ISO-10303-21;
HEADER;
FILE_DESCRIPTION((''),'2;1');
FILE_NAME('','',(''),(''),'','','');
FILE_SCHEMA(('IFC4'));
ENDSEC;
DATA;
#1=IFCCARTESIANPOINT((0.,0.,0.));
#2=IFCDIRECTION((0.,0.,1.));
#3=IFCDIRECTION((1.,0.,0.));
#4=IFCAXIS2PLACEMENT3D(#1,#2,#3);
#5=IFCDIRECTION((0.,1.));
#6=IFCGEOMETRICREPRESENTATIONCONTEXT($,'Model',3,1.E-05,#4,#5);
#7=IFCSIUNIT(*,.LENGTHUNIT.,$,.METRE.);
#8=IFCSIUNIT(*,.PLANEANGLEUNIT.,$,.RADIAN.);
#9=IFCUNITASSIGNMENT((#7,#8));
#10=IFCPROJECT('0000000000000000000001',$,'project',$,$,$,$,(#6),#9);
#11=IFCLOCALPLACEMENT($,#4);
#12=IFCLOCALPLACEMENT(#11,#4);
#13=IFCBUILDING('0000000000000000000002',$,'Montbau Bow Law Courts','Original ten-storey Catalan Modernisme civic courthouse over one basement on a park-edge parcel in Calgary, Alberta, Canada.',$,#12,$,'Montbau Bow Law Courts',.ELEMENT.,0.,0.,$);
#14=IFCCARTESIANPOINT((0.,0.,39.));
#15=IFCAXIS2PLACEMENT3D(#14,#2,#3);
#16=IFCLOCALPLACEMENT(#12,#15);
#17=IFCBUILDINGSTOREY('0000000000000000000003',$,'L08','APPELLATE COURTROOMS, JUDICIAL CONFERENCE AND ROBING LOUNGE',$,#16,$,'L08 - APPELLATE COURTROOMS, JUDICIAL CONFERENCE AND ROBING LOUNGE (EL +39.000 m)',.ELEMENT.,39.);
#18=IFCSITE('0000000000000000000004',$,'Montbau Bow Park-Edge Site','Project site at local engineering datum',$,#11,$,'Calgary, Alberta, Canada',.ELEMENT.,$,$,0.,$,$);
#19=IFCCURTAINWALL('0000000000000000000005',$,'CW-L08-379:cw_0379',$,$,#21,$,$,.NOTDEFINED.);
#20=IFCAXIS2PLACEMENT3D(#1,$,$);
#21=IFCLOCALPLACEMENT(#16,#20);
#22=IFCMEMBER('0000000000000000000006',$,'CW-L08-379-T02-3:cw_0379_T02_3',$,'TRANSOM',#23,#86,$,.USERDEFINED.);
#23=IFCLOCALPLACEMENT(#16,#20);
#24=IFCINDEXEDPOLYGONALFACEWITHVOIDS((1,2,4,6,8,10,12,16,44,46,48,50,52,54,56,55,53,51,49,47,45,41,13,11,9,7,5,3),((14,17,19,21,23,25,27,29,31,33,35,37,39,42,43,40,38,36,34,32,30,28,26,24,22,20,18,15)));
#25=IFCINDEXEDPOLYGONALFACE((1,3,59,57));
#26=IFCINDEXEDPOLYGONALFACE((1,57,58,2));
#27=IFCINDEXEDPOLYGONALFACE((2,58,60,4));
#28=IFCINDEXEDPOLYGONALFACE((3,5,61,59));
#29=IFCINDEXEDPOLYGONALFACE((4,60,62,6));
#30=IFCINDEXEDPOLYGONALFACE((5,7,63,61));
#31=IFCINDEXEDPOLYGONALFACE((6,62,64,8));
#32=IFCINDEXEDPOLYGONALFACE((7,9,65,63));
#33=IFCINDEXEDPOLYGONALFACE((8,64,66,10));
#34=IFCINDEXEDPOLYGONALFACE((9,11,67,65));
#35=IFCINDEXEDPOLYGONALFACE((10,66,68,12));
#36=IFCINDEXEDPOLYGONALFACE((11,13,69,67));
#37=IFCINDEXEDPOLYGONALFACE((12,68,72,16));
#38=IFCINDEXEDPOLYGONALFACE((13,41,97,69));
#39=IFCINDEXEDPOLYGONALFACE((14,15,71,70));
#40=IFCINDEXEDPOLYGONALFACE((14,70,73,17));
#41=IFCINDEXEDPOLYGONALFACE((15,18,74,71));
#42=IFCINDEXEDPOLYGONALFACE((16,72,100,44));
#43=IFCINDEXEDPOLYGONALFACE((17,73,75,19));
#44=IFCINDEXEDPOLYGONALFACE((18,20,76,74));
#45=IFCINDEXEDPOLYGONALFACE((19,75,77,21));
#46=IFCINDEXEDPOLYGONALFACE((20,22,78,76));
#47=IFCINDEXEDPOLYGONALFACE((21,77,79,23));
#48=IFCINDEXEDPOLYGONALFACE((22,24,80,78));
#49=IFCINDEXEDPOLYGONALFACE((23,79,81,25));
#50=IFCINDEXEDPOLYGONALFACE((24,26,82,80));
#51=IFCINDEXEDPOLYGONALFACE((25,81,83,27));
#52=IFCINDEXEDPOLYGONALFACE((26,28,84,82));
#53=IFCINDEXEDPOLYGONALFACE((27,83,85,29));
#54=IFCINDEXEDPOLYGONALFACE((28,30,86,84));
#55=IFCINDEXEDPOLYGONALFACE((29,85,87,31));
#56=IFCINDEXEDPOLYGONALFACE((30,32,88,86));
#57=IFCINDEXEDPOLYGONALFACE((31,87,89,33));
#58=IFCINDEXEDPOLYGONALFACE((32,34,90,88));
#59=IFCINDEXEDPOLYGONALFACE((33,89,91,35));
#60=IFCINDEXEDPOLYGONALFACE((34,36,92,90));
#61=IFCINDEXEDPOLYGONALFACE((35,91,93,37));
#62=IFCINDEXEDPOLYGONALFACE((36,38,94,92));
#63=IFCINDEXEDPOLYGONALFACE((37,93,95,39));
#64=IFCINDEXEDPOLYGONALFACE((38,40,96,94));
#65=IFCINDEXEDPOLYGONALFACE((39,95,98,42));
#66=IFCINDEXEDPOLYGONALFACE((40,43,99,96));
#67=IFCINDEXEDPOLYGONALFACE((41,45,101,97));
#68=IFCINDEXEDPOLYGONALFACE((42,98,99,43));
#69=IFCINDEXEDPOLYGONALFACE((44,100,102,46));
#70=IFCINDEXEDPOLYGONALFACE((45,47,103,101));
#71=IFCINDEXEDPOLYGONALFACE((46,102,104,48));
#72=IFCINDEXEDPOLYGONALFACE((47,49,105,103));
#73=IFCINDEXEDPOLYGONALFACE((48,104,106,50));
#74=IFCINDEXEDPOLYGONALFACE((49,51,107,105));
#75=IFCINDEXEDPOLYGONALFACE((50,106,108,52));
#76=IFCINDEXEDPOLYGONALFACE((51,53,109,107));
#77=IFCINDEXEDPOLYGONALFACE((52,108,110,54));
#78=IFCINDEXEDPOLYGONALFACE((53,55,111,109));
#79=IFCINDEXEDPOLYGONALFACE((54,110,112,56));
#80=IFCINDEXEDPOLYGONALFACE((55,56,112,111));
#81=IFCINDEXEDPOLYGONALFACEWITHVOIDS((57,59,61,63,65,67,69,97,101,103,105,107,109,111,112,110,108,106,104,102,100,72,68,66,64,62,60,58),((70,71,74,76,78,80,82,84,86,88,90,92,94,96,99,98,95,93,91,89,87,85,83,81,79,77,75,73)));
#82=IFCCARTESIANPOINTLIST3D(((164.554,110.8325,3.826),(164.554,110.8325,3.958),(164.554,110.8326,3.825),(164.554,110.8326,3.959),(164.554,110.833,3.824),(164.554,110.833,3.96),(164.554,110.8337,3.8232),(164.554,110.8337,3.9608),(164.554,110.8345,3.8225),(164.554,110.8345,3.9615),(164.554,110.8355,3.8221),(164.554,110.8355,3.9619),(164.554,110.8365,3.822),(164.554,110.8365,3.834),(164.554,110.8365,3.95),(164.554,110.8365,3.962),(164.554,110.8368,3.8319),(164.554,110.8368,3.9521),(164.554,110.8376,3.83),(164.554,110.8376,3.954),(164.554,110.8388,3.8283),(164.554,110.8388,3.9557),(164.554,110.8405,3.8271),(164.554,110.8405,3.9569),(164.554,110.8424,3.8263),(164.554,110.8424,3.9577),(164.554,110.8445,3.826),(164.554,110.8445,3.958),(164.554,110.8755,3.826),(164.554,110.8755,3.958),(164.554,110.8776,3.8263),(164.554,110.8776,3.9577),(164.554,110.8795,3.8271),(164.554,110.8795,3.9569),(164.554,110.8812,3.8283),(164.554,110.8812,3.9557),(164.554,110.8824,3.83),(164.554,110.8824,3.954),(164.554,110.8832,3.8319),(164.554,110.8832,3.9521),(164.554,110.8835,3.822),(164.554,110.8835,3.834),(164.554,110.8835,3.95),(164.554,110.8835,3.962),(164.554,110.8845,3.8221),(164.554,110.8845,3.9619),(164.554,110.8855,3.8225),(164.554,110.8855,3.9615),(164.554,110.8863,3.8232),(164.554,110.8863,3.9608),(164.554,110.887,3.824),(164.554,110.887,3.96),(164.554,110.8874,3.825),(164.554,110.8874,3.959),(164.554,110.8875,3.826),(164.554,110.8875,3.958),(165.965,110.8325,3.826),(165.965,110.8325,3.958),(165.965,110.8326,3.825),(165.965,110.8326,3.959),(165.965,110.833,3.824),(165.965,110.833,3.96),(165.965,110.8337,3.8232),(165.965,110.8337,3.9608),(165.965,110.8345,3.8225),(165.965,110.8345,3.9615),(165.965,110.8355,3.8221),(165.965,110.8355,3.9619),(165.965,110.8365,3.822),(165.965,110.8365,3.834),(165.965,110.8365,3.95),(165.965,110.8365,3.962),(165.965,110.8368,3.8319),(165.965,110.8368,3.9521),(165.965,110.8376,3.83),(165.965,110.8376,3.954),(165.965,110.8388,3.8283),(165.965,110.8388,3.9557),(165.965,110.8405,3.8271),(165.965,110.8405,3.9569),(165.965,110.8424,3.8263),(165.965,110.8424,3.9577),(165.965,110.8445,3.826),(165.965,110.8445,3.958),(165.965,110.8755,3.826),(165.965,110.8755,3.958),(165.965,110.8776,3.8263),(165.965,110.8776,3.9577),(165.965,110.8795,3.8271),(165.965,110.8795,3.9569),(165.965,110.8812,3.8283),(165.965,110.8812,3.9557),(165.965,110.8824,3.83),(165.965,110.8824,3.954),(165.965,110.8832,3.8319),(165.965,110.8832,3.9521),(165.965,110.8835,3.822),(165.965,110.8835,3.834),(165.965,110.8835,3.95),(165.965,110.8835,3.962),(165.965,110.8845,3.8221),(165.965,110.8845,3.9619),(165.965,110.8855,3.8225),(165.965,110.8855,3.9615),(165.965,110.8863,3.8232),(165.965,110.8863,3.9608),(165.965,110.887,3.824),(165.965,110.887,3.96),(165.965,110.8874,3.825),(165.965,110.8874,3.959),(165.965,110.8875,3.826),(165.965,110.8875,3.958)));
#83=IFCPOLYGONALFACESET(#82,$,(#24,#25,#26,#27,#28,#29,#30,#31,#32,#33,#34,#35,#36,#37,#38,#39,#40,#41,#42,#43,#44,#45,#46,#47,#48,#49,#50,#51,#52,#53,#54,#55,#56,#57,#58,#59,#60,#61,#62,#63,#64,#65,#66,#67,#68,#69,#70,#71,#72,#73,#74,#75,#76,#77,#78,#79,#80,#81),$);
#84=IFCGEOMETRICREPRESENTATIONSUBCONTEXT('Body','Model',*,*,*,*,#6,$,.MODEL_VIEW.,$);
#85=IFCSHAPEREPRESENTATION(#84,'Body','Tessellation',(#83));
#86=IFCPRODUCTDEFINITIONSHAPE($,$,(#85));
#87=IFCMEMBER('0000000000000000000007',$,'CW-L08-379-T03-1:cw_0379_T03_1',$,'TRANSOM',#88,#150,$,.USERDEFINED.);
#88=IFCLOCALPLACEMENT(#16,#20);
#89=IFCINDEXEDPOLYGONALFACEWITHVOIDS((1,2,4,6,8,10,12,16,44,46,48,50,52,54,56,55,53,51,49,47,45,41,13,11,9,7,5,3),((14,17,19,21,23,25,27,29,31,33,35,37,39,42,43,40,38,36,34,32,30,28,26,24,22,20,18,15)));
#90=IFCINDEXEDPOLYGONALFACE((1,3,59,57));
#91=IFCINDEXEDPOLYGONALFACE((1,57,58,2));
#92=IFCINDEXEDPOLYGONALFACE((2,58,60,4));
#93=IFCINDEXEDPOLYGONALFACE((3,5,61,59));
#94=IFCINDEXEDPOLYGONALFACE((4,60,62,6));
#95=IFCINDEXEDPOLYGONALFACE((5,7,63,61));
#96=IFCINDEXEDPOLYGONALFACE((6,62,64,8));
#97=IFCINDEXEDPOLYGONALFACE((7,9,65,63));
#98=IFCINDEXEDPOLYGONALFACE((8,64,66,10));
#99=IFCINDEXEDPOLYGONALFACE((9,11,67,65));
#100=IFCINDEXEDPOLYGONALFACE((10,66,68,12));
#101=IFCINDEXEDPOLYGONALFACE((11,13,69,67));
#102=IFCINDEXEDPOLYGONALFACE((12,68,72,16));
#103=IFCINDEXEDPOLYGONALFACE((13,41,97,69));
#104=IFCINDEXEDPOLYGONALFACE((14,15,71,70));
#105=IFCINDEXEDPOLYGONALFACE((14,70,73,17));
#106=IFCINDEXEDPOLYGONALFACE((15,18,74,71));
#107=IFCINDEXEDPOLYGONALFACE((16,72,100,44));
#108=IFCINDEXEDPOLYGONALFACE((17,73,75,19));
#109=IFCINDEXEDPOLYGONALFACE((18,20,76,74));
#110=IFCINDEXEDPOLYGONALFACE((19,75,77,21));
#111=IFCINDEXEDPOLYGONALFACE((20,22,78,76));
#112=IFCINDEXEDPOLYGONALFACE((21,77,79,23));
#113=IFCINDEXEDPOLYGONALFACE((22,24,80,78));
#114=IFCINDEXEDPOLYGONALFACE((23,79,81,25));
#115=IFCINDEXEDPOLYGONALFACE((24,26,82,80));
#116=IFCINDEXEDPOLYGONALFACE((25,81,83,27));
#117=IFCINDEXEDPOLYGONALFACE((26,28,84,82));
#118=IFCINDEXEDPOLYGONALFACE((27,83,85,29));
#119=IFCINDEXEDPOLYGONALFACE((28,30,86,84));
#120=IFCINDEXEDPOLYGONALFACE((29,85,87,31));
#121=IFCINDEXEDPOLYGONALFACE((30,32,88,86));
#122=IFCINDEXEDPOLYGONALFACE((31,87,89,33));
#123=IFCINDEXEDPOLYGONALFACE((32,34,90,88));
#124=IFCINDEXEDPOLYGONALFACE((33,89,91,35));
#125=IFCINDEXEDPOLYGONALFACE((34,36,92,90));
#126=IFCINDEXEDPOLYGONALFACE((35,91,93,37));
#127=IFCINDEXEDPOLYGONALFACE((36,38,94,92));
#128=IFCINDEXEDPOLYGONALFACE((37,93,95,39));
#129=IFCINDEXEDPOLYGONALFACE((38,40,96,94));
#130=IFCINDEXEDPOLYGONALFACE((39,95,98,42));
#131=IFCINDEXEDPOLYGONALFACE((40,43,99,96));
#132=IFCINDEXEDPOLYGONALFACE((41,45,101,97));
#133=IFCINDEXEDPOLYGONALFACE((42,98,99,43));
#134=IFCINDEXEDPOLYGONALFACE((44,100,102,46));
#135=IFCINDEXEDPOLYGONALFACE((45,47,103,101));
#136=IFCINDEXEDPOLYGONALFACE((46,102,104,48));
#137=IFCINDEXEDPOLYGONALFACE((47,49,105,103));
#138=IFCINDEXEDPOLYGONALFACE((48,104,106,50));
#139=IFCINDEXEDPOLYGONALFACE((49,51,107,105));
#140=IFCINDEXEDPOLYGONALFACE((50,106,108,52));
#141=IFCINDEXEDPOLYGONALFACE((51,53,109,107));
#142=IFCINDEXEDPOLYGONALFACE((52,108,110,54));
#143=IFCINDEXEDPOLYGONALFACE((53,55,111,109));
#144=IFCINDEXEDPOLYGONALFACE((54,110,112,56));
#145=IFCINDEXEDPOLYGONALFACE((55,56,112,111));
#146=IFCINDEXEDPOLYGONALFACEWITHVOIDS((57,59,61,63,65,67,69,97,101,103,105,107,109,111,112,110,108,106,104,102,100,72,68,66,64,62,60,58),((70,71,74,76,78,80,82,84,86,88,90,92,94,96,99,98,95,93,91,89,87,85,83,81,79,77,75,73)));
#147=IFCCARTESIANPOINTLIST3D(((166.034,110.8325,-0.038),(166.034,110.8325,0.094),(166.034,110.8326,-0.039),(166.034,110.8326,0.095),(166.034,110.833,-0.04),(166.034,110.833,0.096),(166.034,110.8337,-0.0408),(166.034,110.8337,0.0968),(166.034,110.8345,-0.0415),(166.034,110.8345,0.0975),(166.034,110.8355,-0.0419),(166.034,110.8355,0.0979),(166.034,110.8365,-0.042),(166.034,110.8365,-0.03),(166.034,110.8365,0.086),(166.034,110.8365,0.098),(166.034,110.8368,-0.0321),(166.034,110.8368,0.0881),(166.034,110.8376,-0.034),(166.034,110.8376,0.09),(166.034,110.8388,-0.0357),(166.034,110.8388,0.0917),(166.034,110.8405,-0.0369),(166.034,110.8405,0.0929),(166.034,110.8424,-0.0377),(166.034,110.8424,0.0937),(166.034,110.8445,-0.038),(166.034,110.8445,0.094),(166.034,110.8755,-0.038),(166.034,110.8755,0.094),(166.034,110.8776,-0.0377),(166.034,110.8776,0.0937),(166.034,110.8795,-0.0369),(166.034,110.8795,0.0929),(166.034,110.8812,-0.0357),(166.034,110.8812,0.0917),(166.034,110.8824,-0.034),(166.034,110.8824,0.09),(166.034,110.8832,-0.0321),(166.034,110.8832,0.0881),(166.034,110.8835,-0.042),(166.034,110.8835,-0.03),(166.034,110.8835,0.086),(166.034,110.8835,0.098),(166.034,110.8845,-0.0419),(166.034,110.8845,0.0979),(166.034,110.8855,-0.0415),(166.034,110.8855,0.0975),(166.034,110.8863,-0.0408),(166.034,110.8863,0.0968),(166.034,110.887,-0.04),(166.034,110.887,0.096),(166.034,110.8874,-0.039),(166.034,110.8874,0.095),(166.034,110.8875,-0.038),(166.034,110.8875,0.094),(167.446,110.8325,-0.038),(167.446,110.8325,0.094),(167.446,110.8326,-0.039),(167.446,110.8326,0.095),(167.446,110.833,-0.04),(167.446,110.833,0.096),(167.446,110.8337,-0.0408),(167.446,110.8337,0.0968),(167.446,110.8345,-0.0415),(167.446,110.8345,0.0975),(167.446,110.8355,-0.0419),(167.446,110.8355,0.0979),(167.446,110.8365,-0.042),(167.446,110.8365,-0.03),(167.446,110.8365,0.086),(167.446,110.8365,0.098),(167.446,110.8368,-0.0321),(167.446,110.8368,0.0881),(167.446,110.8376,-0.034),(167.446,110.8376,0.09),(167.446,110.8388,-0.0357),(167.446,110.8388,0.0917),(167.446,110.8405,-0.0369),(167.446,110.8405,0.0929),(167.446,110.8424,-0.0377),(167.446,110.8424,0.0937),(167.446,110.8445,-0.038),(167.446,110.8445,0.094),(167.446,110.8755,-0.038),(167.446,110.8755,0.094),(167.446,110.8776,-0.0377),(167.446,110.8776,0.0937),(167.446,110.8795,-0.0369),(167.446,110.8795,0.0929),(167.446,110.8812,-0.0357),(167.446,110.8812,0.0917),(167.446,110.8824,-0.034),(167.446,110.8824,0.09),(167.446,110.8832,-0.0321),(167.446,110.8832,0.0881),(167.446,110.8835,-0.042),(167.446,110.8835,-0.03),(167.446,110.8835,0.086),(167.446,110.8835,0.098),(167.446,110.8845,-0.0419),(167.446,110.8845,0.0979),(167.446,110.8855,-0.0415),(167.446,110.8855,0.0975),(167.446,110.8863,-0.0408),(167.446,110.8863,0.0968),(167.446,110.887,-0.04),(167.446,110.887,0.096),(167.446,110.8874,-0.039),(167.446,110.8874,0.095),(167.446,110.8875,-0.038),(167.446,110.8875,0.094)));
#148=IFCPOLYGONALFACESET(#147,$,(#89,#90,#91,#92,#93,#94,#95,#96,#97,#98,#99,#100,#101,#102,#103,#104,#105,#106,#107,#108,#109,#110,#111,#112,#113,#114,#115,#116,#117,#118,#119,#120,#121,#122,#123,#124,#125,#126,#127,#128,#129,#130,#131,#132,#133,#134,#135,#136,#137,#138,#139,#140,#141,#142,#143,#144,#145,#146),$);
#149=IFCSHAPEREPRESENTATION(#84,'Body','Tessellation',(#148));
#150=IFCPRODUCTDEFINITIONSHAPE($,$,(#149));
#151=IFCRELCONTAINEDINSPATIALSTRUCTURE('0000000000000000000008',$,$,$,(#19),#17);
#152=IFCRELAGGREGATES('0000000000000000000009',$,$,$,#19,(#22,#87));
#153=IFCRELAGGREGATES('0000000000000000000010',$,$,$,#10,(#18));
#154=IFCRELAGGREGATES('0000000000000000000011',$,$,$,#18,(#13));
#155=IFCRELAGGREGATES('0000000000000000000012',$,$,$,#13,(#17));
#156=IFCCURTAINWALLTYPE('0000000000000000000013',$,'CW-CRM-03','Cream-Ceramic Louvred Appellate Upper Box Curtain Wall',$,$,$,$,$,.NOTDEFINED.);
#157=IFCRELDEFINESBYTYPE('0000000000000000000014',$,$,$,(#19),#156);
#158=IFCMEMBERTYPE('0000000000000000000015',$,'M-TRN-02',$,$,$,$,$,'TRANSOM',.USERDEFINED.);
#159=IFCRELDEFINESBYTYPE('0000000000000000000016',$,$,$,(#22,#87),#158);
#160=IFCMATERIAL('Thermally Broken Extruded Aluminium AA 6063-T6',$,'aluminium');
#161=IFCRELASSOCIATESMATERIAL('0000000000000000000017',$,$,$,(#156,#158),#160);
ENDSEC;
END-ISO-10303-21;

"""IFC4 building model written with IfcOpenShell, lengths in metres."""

from ifc_helpers import new_model, si_unit, direction, frame, origin_with_axes, origin_2d_with_axis, place, context, subcontext, project, spatial, hollow_rectangle, extrude, material, material_profile, profile_set, type_object, element, aggregate, save


model = new_model("IFC4")

# Units and contexts
model_context = context("Model", 3, precision=1e-05, world=origin_with_axes(), true_north=direction((0.0, 1.0)))
body_context = subcontext(model_context, "Body", "Model", "MODEL_VIEW")
ifc_project = project(units=[si_unit("LENGTHUNIT", "METRE"), si_unit("PLANEANGLEUNIT", "RADIAN")], contexts=[model_context])

# Site, building, storey
site_placement = place(None, origin_with_axes())
site = spatial("IfcSite", under=ifc_project, at=site_placement, Name="Montbau Bow Park-Edge Site", Description="Project site at local engineering datum", LongName="Calgary, Alberta, Canada", CompositionType="ELEMENT", RefElevation=0.0)
building_placement = place(site_placement, origin_with_axes())
building = spatial("IfcBuilding", under=site, at=building_placement, Name="Montbau Bow Law Courts", Description="Original ten-storey Catalan Modernisme civic courthouse over one basement on a park-edge parcel in Calgary, Alberta, Canada.", LongName="Montbau Bow Law Courts", CompositionType="ELEMENT", ElevationOfRefHeight=0.0, ElevationOfTerrain=0.0)
storey_placement = place(building_placement, frame((0.0, 0.0, 39.0), z_axis=(0.0, 0.0, 1.0), x_axis=(1.0, 0.0, 0.0)))
storey = spatial("IfcBuildingStorey", under=building, at=storey_placement, Name="L08", Description="APPELLATE COURTROOMS, JUDICIAL CONFERENCE AND ROBING LOUNGE", LongName="L08 - APPELLATE COURTROOMS, JUDICIAL CONFERENCE AND ROBING LOUNGE (EL +39.000 m)", CompositionType="ELEMENT", Elevation=39.0)

# Shared definitions
ifc_material_1 = material(Name="Thermally Broken Extruded Aluminium AA 6063-T6", Category="aluminium")
curtain_wall_type = type_object("IfcCurtainWallType", Name="CW-CRM-03", Description="Cream-Ceramic Louvred Appellate Upper Box Curtain Wall", PredefinedType="NOTDEFINED", material=ifc_material_1)

# Curtain wall, members
curtain_wall_1_placement = place(None, frame((163.04, 110.86, 39.0), z_axis=(0.0, 0.0, 1.0), x_axis=(1.0, 0.0, 0.0)))
curtain_wall_1 = element("IfcCurtainWall", 1, at=curtain_wall_1_placement, inside=storey, type_object=curtain_wall_type, Name="CW-L08-379:cw_0379", PredefinedType="NOTDEFINED")
ifc_material_profile_1 = material_profile(ifc_material_1, hollow_rectangle(XDim=0.055, YDim=0.14, WallThickness=0.004, InnerFilletRadius=0.008, OuterFilletRadius=0.004, at=origin_2d_with_axis()), Name="CWT-140X55", Category="Main", Priority=0)
ifc_profile_set_1 = profile_set([ifc_material_profile_1], Name="Thermally Broken Extruded Aluminium AA 6063-T6")
member_type_1 = type_object("IfcMemberType", Name="M-TRN-02", ElementType="TRANSOM", PredefinedType="USERDEFINED", material=ifc_profile_set_1)
member_1_placement = place(None, frame((164.554, 110.86, 42.892), z_axis=(1.0, 0.0, 0.0), x_axis=(0.0, 1.0, 0.0)))
member_1 = element("IfcMember", 2, at=member_1_placement, type_object=member_type_1, Name="CW-L08-379-T02-3:cw_0379_T02_3", ObjectType="TRANSOM", PredefinedType="USERDEFINED", context=body_context, shape_type="SweptSolid", body=[
    extrude(hollow_rectangle(XDim=0.055, YDim=0.14, WallThickness=0.004, InnerFilletRadius=0.008, OuterFilletRadius=0.004, at=origin_2d_with_axis()), origin_with_axes(), (0.0, 0.0, 1.0), 1.411),
])
member_2_placement = place(None, frame((166.034, 110.86, 39.028), z_axis=(1.0, 0.0, 0.0), x_axis=(0.0, 1.0, 0.0)))
member_2 = element("IfcMember", 3, at=member_2_placement, type_object=member_type_1, Name="CW-L08-379-T03-1:cw_0379_T03_1", ObjectType="TRANSOM", PredefinedType="USERDEFINED", context=body_context, shape_type="SweptSolid", body=[
    extrude(hollow_rectangle(XDim=0.055, YDim=0.14, WallThickness=0.004, InnerFilletRadius=0.008, OuterFilletRadius=0.004, at=origin_2d_with_axis()), origin_with_axes(), (0.0, 0.0, 1.0), 1.412),
])
aggregate(curtain_wall_1, [member_1, member_2])

save(model, "model.ifc")
